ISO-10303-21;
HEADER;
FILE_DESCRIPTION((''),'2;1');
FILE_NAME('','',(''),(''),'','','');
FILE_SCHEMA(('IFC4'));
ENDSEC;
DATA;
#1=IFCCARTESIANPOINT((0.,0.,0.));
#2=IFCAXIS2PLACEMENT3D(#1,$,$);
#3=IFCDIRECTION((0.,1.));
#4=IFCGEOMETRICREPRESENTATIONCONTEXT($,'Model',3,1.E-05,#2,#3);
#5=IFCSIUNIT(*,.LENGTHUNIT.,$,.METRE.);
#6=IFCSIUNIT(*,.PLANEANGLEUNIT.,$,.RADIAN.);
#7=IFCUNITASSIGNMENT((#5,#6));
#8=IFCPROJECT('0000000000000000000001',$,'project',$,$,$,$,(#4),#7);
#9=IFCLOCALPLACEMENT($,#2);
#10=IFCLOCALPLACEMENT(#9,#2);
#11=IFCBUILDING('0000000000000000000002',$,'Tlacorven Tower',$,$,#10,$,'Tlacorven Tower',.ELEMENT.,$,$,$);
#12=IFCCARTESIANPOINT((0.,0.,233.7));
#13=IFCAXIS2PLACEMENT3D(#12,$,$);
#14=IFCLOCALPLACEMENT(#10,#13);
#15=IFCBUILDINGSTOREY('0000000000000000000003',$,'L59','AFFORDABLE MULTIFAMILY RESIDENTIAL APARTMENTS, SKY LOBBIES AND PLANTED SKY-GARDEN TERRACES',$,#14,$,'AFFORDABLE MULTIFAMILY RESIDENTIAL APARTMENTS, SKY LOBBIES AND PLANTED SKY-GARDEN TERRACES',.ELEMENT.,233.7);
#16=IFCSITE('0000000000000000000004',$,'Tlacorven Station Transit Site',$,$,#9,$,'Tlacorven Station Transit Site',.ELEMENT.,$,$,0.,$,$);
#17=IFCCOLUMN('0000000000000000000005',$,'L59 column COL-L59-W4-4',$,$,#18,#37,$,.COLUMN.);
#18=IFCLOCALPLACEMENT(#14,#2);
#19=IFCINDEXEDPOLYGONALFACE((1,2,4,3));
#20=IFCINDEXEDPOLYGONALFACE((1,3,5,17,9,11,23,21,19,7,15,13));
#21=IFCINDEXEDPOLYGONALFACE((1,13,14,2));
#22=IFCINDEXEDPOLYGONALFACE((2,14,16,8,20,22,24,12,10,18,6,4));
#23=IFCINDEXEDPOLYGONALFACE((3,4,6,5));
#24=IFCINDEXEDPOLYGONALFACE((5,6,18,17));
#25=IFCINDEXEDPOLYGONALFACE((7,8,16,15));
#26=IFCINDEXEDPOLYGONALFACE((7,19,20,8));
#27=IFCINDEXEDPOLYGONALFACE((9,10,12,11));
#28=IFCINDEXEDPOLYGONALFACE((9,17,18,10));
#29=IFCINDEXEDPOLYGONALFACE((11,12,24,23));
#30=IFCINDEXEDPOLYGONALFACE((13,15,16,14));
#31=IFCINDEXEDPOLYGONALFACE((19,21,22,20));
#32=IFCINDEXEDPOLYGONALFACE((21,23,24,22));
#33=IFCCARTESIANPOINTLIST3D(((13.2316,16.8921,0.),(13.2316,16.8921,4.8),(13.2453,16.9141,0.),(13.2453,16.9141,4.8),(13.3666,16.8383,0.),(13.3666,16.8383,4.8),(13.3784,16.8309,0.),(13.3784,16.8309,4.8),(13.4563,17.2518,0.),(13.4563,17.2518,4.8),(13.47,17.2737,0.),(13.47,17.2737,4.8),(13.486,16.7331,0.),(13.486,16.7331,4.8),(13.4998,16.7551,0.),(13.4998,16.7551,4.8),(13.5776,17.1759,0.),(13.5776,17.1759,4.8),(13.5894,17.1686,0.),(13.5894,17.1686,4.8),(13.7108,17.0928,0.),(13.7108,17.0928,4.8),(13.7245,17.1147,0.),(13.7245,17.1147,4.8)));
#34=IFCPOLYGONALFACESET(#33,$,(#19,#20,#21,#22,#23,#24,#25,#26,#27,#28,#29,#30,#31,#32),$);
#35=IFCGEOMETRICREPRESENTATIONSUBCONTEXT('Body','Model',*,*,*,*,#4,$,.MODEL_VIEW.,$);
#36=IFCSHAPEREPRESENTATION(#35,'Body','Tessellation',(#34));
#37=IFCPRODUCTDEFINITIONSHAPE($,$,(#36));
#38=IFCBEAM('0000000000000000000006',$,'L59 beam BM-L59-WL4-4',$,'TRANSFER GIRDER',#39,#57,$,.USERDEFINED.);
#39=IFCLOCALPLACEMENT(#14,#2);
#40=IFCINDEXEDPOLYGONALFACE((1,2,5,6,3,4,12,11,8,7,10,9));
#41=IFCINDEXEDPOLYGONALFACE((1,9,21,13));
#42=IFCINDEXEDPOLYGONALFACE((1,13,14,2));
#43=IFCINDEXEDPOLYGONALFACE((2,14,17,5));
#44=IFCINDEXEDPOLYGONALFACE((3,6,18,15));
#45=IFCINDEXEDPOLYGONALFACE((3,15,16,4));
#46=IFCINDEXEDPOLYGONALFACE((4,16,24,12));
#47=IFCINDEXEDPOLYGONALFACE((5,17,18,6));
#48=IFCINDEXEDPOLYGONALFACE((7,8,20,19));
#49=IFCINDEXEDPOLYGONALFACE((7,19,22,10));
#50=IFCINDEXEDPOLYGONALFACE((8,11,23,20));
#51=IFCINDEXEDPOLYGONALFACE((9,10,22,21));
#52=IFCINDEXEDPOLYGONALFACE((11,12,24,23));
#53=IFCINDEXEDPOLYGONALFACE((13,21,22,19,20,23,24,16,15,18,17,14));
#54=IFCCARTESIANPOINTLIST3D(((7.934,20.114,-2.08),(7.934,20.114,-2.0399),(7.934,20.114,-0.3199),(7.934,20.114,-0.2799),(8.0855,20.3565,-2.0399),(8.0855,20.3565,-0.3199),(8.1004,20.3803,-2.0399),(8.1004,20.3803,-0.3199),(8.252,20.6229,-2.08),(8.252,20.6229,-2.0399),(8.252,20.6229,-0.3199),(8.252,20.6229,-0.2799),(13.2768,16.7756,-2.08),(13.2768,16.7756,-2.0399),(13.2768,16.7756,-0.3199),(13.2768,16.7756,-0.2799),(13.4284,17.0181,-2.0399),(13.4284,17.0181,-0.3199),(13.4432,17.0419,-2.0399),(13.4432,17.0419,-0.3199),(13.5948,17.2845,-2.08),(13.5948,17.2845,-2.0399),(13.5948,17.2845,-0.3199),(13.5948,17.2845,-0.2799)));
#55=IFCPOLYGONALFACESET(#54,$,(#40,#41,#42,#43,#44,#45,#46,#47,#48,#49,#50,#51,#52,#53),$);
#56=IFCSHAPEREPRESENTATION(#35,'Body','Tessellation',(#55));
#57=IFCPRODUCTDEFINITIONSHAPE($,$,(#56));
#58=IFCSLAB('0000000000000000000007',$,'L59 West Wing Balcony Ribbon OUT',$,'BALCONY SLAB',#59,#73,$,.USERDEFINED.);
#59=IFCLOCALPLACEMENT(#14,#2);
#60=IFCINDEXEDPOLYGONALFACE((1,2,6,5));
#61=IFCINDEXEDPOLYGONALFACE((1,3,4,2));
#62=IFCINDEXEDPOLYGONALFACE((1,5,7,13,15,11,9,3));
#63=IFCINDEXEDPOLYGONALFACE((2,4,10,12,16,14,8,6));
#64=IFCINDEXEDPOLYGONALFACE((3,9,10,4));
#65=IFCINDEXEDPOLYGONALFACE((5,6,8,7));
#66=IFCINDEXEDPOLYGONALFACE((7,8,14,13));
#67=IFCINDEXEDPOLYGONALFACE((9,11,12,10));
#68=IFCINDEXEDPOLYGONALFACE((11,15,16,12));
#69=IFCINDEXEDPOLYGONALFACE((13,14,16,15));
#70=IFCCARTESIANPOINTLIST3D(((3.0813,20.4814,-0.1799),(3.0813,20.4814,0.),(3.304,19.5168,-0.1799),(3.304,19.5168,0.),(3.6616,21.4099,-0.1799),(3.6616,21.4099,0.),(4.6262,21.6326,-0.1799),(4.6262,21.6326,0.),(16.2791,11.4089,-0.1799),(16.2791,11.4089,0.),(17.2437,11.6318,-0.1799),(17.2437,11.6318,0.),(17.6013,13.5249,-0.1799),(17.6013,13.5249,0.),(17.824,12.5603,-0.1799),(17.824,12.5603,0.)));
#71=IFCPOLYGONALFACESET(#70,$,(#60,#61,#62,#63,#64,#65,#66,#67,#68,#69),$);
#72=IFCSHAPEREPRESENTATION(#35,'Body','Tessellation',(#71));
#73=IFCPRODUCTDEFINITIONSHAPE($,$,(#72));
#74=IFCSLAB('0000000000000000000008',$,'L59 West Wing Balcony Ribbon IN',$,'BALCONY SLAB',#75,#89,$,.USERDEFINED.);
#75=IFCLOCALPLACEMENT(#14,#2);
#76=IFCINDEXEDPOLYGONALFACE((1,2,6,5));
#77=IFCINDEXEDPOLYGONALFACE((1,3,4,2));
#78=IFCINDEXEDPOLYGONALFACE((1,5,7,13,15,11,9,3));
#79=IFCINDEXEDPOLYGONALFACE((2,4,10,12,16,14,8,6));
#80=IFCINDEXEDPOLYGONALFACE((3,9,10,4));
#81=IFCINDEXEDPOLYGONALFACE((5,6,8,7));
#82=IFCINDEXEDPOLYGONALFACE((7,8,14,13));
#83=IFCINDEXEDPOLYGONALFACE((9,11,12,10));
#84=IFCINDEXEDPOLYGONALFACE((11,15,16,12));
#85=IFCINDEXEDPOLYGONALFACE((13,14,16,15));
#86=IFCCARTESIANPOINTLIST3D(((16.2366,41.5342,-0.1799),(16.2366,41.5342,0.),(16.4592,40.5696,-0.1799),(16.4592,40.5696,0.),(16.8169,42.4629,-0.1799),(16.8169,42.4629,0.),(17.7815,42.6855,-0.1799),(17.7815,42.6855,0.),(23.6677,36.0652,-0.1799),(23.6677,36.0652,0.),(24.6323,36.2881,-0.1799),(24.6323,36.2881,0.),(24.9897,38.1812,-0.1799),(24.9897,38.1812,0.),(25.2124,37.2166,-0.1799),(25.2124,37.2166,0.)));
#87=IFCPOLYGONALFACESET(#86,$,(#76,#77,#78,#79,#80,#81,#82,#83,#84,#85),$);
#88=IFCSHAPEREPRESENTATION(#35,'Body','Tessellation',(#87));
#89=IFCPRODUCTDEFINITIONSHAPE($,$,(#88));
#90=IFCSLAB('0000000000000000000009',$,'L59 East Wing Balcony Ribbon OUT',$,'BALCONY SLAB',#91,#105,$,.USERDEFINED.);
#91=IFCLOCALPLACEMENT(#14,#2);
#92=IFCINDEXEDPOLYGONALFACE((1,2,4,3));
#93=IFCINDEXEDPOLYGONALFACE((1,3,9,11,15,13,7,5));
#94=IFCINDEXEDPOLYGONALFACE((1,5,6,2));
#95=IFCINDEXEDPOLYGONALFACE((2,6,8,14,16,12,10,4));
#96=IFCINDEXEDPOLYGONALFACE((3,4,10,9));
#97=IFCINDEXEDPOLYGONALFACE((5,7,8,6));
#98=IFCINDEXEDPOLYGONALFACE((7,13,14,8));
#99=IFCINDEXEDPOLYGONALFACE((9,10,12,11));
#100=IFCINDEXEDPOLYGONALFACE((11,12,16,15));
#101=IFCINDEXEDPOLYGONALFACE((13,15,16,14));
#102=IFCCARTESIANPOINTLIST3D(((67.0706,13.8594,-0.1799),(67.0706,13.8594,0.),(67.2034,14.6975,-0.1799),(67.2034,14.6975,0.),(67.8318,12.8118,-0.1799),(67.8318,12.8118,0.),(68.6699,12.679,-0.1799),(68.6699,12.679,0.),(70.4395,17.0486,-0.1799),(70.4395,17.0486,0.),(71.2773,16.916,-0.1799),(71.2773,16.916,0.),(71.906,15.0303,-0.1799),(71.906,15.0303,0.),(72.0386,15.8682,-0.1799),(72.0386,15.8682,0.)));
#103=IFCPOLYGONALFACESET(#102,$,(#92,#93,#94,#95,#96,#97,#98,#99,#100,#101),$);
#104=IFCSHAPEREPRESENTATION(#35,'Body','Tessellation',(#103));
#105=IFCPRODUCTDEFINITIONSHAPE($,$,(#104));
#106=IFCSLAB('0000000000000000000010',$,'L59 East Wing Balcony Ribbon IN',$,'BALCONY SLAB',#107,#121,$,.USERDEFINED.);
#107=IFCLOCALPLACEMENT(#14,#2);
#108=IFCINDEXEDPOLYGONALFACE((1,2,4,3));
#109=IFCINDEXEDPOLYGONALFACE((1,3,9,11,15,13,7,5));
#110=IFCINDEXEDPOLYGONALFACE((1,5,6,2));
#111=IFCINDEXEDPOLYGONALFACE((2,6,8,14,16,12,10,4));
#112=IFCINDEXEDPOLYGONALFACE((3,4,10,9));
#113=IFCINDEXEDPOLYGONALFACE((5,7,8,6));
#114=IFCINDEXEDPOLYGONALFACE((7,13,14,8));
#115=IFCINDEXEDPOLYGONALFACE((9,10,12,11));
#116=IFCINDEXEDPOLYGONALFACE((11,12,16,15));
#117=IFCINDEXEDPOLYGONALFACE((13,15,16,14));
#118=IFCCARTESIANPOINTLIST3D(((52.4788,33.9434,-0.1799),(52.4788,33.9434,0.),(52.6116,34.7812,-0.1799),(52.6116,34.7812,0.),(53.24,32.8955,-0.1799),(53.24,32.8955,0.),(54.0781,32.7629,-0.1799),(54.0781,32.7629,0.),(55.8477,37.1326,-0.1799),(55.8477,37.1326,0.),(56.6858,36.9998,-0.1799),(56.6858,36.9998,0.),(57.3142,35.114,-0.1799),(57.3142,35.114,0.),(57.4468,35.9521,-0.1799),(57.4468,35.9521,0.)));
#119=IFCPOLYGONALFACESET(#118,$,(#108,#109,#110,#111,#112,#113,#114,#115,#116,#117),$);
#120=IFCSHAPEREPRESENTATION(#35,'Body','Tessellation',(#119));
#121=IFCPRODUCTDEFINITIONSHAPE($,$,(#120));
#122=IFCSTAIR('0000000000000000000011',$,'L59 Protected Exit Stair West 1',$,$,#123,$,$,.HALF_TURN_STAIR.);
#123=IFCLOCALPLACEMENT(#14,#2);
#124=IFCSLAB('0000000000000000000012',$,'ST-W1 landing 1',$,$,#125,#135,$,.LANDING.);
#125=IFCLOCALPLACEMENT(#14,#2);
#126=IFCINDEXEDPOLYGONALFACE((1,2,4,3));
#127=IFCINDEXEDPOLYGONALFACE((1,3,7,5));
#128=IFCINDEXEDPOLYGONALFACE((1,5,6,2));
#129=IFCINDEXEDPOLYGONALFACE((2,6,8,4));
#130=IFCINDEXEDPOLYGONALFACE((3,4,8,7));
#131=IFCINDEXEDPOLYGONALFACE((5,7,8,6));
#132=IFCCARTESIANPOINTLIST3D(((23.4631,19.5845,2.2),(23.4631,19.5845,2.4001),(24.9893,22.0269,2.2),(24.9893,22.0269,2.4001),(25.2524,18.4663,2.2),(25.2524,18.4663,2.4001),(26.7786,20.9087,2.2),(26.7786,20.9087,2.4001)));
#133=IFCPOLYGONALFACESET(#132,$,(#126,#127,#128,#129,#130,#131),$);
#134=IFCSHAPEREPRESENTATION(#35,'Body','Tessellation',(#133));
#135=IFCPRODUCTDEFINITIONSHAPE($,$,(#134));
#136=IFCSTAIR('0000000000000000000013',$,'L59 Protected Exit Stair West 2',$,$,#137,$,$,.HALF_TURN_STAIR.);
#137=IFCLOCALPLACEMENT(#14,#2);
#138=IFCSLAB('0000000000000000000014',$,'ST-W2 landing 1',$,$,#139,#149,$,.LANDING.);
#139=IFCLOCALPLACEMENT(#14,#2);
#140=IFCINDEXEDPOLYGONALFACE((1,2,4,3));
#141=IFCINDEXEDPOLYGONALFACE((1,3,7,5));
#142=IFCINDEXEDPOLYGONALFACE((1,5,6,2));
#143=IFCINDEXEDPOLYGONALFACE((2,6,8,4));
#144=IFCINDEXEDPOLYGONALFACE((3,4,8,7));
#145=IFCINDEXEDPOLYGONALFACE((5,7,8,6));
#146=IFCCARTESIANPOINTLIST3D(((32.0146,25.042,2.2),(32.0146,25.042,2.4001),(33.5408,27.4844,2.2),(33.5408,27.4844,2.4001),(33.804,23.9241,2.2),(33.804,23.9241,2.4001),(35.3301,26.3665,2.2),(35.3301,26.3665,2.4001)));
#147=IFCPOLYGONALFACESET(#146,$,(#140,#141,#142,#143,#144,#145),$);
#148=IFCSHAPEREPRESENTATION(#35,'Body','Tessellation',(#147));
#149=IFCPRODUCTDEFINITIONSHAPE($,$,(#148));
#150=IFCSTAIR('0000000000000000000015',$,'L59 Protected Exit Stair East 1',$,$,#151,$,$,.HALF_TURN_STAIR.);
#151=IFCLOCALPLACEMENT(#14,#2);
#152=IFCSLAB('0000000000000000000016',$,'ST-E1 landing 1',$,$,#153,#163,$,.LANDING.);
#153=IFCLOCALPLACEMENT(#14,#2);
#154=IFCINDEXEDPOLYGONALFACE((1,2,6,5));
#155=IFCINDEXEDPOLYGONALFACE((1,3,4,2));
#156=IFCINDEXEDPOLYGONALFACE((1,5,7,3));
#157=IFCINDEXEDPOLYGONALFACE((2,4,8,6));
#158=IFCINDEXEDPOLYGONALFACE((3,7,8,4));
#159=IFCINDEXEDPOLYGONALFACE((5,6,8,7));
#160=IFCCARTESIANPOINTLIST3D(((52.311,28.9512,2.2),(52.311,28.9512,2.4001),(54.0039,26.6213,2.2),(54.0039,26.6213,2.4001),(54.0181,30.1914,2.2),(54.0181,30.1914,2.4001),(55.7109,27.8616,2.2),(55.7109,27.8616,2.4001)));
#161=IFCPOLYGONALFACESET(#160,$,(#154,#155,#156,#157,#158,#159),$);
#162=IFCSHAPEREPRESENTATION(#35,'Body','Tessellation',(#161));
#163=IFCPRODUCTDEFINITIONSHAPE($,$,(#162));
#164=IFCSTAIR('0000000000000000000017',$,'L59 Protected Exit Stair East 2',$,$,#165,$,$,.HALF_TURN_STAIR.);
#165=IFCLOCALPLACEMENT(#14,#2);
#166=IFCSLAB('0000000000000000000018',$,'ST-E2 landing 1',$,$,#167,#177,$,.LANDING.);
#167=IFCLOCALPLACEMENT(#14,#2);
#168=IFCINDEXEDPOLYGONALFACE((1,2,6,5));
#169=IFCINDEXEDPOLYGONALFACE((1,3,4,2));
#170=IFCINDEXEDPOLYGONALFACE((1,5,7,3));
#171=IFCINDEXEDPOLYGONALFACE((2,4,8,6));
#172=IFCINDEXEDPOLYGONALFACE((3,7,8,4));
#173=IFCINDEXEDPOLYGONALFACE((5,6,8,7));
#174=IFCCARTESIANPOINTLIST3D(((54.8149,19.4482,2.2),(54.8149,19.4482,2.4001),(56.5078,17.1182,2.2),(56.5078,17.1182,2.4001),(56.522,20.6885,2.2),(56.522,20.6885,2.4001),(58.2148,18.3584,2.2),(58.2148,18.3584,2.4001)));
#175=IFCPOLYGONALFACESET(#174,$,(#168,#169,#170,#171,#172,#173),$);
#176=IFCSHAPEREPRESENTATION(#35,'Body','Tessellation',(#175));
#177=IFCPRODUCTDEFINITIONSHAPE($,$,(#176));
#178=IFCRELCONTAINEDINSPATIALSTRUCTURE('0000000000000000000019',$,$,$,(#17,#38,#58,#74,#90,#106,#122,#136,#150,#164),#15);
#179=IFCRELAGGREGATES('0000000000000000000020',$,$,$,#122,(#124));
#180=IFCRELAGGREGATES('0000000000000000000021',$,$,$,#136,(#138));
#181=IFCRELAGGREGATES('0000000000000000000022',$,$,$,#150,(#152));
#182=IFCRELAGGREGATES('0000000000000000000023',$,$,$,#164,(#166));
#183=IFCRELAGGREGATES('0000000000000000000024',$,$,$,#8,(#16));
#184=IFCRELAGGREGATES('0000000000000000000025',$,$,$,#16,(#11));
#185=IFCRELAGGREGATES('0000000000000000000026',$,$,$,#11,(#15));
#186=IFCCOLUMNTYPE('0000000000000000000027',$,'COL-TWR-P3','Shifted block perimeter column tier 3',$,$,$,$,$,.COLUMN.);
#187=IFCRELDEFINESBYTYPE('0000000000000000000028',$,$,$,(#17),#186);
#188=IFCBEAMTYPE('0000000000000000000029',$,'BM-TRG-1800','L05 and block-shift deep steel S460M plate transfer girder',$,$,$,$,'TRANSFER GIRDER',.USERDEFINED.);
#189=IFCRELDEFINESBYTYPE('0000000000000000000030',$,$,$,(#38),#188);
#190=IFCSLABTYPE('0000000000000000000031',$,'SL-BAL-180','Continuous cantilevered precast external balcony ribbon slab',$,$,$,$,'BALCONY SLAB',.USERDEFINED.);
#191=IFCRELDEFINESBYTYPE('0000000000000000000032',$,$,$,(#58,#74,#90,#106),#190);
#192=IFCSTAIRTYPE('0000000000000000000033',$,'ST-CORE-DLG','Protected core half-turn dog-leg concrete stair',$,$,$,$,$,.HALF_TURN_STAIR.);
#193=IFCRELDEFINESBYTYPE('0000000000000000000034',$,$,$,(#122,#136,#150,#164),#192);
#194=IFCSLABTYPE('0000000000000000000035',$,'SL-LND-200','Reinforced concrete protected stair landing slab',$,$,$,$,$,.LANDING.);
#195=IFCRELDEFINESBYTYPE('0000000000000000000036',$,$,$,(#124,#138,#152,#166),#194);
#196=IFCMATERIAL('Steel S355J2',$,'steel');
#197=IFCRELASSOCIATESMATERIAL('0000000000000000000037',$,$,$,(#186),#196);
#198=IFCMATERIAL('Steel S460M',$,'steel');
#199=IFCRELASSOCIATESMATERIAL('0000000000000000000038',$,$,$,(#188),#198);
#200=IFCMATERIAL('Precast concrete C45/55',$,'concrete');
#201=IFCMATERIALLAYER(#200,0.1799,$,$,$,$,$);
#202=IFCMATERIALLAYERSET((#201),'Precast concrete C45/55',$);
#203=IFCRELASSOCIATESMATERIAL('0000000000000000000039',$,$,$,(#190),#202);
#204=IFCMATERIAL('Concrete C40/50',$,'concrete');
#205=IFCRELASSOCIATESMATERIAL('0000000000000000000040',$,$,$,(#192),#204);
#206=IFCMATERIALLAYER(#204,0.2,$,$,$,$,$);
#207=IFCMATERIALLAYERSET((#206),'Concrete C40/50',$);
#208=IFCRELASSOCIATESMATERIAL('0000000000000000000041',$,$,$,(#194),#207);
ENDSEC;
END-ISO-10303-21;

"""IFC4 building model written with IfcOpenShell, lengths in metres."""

from ifc_helpers import new_model, si_unit, direction, frame, origin, origin_2d, place, context, subcontext, project, spatial, polyline, i_section, outline, extrude, source, transform, mapped, material, layer, layer_set, material_profile, profile_set, type_object, element, aggregate, save


model = new_model("IFC4")

# Units and contexts
model_context = context("Model", 3, precision=1e-05, world=origin(), true_north=direction((0.0, 1.0)))
body_context = subcontext(model_context, "Body", "Model", "MODEL_VIEW")
ifc_project = project(units=[si_unit("LENGTHUNIT", "METRE"), si_unit("PLANEANGLEUNIT", "RADIAN")], contexts=[model_context])

# Site, building, storey
site_placement = place(None, origin())
site = spatial("IfcSite", under=ifc_project, at=site_placement, Name="Tlacorven Station Transit Site", LongName="Tlacorven Station Transit Site", CompositionType="ELEMENT", RefElevation=0.0)
building_placement = place(site_placement, origin())
building = spatial("IfcBuilding", under=site, at=building_placement, Name="Tlacorven Tower", LongName="Tlacorven Tower", CompositionType="ELEMENT")
storey_placement = place(building_placement, frame((0.0, 0.0, 233.7)))
storey = spatial("IfcBuildingStorey", under=building, at=storey_placement, Name="L59", Description="AFFORDABLE MULTIFAMILY RESIDENTIAL APARTMENTS, SKY LOBBIES AND PLANTED SKY-GARDEN TERRACES", LongName="AFFORDABLE MULTIFAMILY RESIDENTIAL APARTMENTS, SKY LOBBIES AND PLANTED SKY-GARDEN TERRACES", CompositionType="ELEMENT", Elevation=233.7)

# Column
ifc_material_1 = material(Name="Steel S355J2", Category="steel")
ifc_material_profile_1 = material_profile(ifc_material_1, i_section(OverallWidth=0.3, OverallDepth=0.45, WebThickness=0.0139, FlangeThickness=0.0259, at=origin_2d()), Name="HEB 450")
ifc_profile_set_1 = profile_set([ifc_material_profile_1], Name="Steel S355J2")
column_type = type_object("IfcColumnType", Name="COL-TWR-P3", Description="Shifted block perimeter column tier 3", PredefinedType="COLUMN", material=ifc_profile_set_1)
shared_shape_1 = source(origin(), body_context, "Body", "SweptSolid", [
    extrude(i_section(OverallWidth=0.3, OverallDepth=0.45, WebThickness=0.0139, FlangeThickness=0.0259, at=origin_2d()), origin(), (0.0, 0.0, 1.0), 4.8),
])
column_placement = place(storey_placement, frame((13.478, 17.0034, 0.0), z_axis=(0.0, 0.0, 1.0), x_axis=(-0.848048, 0.529919, 0.0)))
element("IfcColumn", 1, at=column_placement, inside=storey, type_object=column_type, Name="L59 column COL-L59-W4-4", PredefinedType="COLUMN", context=body_context, shape_type="MappedRepresentation", body=[
    mapped(shared_shape_1, transform((0.0, 0.0, 0.0), scale=1.0)),
])

# Beam
ifc_material_2 = material(Name="Steel S460M", Category="steel")
ifc_material_profile_2 = material_profile(ifc_material_2, i_section(OverallWidth=0.6001, OverallDepth=1.8, WebThickness=0.0281, FlangeThickness=0.04, at=origin_2d()), Name="PG 1800X600X28X40")
ifc_profile_set_2 = profile_set([ifc_material_profile_2], Name="Steel S460M")
beam_type = type_object("IfcBeamType", Name="BM-TRG-1800", Description="L05 and block-shift deep steel S460M plate transfer girder", ElementType="TRANSFER GIRDER", PredefinedType="USERDEFINED", material=ifc_profile_set_2)
shared_shape_2 = source(origin(), body_context, "Body", "SweptSolid", [
    extrude(i_section(OverallWidth=0.6001, OverallDepth=1.8, WebThickness=0.0281, FlangeThickness=0.04, at=origin_2d()), origin(), (0.0, 0.0, 1.0), 6.3),
])
beam_placement = place(storey_placement, frame((13.4358, 17.03, -1.1799), z_axis=(-0.848059, 0.529901, 0.0), x_axis=(-0.529901, -0.848059, 0.0)))
element("IfcBeam", 2, at=beam_placement, inside=storey, type_object=beam_type, Name="L59 beam BM-L59-WL4-4", ObjectType="TRANSFER GIRDER", PredefinedType="USERDEFINED", context=body_context, shape_type="MappedRepresentation", body=[
    mapped(shared_shape_2, transform((0.0, 0.0, 0.0), scale=1.0)),
])

# Slabs
ifc_material_3 = material(Name="Precast concrete C45/55", Category="concrete")
ifc_layer_1 = layer(ifc_material_3, 0.1799)
ifc_layer_set_1 = layer_set([ifc_layer_1], Name="Precast concrete C45/55")
slab_type_1 = type_object("IfcSlabType", Name="SL-BAL-180", Description="Continuous cantilevered precast external balcony ribbon slab", ElementType="BALCONY SLAB", PredefinedType="USERDEFINED", material=ifc_layer_set_1)
slab_1_placement = place(storey_placement, frame((0.0, 0.0, -0.1799)))
element("IfcSlab", 3, at=slab_1_placement, inside=storey, type_object=slab_type_1, Name="L59 West Wing Balcony Ribbon OUT", ObjectType="BALCONY SLAB", PredefinedType="USERDEFINED", context=body_context, shape_type="SweptSolid", body=[
    extrude(outline(polyline([(17.6013, 13.5249), (4.6262, 21.6326), (3.6616, 21.4099), (3.0813, 20.4814), (3.304, 19.5168), (16.2791, 11.4089), (17.2437, 11.6318), (17.824, 12.5603), (17.6013, 13.5249)])), origin(), (0.0, 0.0, 1.0), 0.1799),
])
slab_2_placement = place(storey_placement, frame((0.0, 0.0, -0.1799)))
element("IfcSlab", 4, at=slab_2_placement, inside=storey, type_object=slab_type_1, Name="L59 West Wing Balcony Ribbon IN", ObjectType="BALCONY SLAB", PredefinedType="USERDEFINED", context=body_context, shape_type="SweptSolid", body=[
    extrude(outline(polyline([(24.9897, 38.1812), (17.7815, 42.6855), (16.8169, 42.4629), (16.2366, 41.5342), (16.4592, 40.5696), (23.6677, 36.0652), (24.6323, 36.2881), (25.2124, 37.2166), (24.9897, 38.1812)])), origin(), (0.0, 0.0, 1.0), 0.1799),
])
slab_3_placement = place(storey_placement, frame((0.0, 0.0, -0.1799)))
element("IfcSlab", 5, at=slab_3_placement, inside=storey, type_object=slab_type_1, Name="L59 East Wing Balcony Ribbon OUT", ObjectType="BALCONY SLAB", PredefinedType="USERDEFINED", context=body_context, shape_type="SweptSolid", body=[
    extrude(outline(polyline([(68.6699, 12.679), (71.906, 15.0303), (72.0386, 15.8682), (71.2773, 16.916), (70.4395, 17.0486), (67.2034, 14.6975), (67.0706, 13.8594), (67.8318, 12.8118), (68.6699, 12.679)])), origin(), (0.0, 0.0, 1.0), 0.1799),
])
slab_4_placement = place(storey_placement, frame((0.0, 0.0, -0.1799)))
element("IfcSlab", 6, at=slab_4_placement, inside=storey, type_object=slab_type_1, Name="L59 East Wing Balcony Ribbon IN", ObjectType="BALCONY SLAB", PredefinedType="USERDEFINED", context=body_context, shape_type="SweptSolid", body=[
    extrude(outline(polyline([(54.0781, 32.7629), (57.3142, 35.114), (57.4468, 35.9521), (56.6858, 36.9998), (55.8477, 37.1326), (52.6116, 34.7812), (52.4788, 33.9434), (53.24, 32.8955), (54.0781, 32.7629)])), origin(), (0.0, 0.0, 1.0), 0.1799),
])

# Stairs, slabs
ifc_material_4 = material(Name="Concrete C40/50", Category="concrete")
stair_type = type_object("IfcStairType", Name="ST-CORE-DLG", Description="Protected core half-turn dog-leg concrete stair", PredefinedType="HALF_TURN_STAIR", material=ifc_material_4)
stair_1_placement = place(storey_placement, origin())
stair_1 = element("IfcStair", 7, at=stair_1_placement, inside=storey, type_object=stair_type, Name="L59 Protected Exit Stair West 1", PredefinedType="HALF_TURN_STAIR")
ifc_layer_2 = layer(ifc_material_4, 0.2)
ifc_layer_set_2 = layer_set([ifc_layer_2], Name="Concrete C40/50")
slab_type_2 = type_object("IfcSlabType", Name="SL-LND-200", Description="Reinforced concrete protected stair landing slab", PredefinedType="LANDING", material=ifc_layer_set_2)
slab_5_placement = place(storey_placement, frame((0.0, 0.0, 2.2)))
slab_5 = element("IfcSlab", 8, at=slab_5_placement, type_object=slab_type_2, Name="ST-W1 landing 1", PredefinedType="LANDING", context=body_context, shape_type="SweptSolid", body=[
    extrude(outline(polyline([(26.7786, 20.9087), (24.9893, 22.0269), (23.4631, 19.5845), (25.2524, 18.4663), (26.7786, 20.9087)])), origin(), (0.0, 0.0, 1.0), 0.2002),
])
aggregate(stair_1, [slab_5])
stair_2_placement = place(storey_placement, origin())
stair_2 = element("IfcStair", 9, at=stair_2_placement, inside=storey, type_object=stair_type, Name="L59 Protected Exit Stair West 2", PredefinedType="HALF_TURN_STAIR")
slab_6_placement = place(storey_placement, frame((0.0, 0.0, 2.2)))
slab_6 = element("IfcSlab", 10, at=slab_6_placement, type_object=slab_type_2, Name="ST-W2 landing 1", PredefinedType="LANDING", context=body_context, shape_type="SweptSolid", body=[
    extrude(outline(polyline([(35.3301, 26.3665), (33.5408, 27.4844), (32.0146, 25.042), (33.804, 23.9241), (35.3301, 26.3665)])), origin(), (0.0, 0.0, 1.0), 0.2002),
])
aggregate(stair_2, [slab_6])
stair_3_placement = place(storey_placement, origin())
stair_3 = element("IfcStair", 11, at=stair_3_placement, inside=storey, type_object=stair_type, Name="L59 Protected Exit Stair East 1", PredefinedType="HALF_TURN_STAIR")
slab_7_placement = place(storey_placement, frame((0.0, 0.0, 2.2)))
slab_7 = element("IfcSlab", 12, at=slab_7_placement, type_object=slab_type_2, Name="ST-E1 landing 1", PredefinedType="LANDING", context=body_context, shape_type="SweptSolid", body=[
    extrude(outline(polyline([(54.0039, 26.6213), (55.7109, 27.8616), (54.0181, 30.1914), (52.311, 28.9512), (54.0039, 26.6213)])), origin(), (0.0, 0.0, 1.0), 0.2002),
])
aggregate(stair_3, [slab_7])
stair_4_placement = place(storey_placement, origin())
stair_4 = element("IfcStair", 13, at=stair_4_placement, inside=storey, type_object=stair_type, Name="L59 Protected Exit Stair East 2", PredefinedType="HALF_TURN_STAIR")
slab_8_placement = place(storey_placement, frame((0.0, 0.0, 2.2)))
slab_8 = element("IfcSlab", 14, at=slab_8_placement, type_object=slab_type_2, Name="ST-E2 landing 1", PredefinedType="LANDING", context=body_context, shape_type="SweptSolid", body=[
    extrude(outline(polyline([(56.5078, 17.1182), (58.2148, 18.3584), (56.522, 20.6885), (54.8149, 19.4482), (56.5078, 17.1182)])), origin(), (0.0, 0.0, 1.0), 0.2002),
])
aggregate(stair_4, [slab_8])

save(model, "model.ifc")
